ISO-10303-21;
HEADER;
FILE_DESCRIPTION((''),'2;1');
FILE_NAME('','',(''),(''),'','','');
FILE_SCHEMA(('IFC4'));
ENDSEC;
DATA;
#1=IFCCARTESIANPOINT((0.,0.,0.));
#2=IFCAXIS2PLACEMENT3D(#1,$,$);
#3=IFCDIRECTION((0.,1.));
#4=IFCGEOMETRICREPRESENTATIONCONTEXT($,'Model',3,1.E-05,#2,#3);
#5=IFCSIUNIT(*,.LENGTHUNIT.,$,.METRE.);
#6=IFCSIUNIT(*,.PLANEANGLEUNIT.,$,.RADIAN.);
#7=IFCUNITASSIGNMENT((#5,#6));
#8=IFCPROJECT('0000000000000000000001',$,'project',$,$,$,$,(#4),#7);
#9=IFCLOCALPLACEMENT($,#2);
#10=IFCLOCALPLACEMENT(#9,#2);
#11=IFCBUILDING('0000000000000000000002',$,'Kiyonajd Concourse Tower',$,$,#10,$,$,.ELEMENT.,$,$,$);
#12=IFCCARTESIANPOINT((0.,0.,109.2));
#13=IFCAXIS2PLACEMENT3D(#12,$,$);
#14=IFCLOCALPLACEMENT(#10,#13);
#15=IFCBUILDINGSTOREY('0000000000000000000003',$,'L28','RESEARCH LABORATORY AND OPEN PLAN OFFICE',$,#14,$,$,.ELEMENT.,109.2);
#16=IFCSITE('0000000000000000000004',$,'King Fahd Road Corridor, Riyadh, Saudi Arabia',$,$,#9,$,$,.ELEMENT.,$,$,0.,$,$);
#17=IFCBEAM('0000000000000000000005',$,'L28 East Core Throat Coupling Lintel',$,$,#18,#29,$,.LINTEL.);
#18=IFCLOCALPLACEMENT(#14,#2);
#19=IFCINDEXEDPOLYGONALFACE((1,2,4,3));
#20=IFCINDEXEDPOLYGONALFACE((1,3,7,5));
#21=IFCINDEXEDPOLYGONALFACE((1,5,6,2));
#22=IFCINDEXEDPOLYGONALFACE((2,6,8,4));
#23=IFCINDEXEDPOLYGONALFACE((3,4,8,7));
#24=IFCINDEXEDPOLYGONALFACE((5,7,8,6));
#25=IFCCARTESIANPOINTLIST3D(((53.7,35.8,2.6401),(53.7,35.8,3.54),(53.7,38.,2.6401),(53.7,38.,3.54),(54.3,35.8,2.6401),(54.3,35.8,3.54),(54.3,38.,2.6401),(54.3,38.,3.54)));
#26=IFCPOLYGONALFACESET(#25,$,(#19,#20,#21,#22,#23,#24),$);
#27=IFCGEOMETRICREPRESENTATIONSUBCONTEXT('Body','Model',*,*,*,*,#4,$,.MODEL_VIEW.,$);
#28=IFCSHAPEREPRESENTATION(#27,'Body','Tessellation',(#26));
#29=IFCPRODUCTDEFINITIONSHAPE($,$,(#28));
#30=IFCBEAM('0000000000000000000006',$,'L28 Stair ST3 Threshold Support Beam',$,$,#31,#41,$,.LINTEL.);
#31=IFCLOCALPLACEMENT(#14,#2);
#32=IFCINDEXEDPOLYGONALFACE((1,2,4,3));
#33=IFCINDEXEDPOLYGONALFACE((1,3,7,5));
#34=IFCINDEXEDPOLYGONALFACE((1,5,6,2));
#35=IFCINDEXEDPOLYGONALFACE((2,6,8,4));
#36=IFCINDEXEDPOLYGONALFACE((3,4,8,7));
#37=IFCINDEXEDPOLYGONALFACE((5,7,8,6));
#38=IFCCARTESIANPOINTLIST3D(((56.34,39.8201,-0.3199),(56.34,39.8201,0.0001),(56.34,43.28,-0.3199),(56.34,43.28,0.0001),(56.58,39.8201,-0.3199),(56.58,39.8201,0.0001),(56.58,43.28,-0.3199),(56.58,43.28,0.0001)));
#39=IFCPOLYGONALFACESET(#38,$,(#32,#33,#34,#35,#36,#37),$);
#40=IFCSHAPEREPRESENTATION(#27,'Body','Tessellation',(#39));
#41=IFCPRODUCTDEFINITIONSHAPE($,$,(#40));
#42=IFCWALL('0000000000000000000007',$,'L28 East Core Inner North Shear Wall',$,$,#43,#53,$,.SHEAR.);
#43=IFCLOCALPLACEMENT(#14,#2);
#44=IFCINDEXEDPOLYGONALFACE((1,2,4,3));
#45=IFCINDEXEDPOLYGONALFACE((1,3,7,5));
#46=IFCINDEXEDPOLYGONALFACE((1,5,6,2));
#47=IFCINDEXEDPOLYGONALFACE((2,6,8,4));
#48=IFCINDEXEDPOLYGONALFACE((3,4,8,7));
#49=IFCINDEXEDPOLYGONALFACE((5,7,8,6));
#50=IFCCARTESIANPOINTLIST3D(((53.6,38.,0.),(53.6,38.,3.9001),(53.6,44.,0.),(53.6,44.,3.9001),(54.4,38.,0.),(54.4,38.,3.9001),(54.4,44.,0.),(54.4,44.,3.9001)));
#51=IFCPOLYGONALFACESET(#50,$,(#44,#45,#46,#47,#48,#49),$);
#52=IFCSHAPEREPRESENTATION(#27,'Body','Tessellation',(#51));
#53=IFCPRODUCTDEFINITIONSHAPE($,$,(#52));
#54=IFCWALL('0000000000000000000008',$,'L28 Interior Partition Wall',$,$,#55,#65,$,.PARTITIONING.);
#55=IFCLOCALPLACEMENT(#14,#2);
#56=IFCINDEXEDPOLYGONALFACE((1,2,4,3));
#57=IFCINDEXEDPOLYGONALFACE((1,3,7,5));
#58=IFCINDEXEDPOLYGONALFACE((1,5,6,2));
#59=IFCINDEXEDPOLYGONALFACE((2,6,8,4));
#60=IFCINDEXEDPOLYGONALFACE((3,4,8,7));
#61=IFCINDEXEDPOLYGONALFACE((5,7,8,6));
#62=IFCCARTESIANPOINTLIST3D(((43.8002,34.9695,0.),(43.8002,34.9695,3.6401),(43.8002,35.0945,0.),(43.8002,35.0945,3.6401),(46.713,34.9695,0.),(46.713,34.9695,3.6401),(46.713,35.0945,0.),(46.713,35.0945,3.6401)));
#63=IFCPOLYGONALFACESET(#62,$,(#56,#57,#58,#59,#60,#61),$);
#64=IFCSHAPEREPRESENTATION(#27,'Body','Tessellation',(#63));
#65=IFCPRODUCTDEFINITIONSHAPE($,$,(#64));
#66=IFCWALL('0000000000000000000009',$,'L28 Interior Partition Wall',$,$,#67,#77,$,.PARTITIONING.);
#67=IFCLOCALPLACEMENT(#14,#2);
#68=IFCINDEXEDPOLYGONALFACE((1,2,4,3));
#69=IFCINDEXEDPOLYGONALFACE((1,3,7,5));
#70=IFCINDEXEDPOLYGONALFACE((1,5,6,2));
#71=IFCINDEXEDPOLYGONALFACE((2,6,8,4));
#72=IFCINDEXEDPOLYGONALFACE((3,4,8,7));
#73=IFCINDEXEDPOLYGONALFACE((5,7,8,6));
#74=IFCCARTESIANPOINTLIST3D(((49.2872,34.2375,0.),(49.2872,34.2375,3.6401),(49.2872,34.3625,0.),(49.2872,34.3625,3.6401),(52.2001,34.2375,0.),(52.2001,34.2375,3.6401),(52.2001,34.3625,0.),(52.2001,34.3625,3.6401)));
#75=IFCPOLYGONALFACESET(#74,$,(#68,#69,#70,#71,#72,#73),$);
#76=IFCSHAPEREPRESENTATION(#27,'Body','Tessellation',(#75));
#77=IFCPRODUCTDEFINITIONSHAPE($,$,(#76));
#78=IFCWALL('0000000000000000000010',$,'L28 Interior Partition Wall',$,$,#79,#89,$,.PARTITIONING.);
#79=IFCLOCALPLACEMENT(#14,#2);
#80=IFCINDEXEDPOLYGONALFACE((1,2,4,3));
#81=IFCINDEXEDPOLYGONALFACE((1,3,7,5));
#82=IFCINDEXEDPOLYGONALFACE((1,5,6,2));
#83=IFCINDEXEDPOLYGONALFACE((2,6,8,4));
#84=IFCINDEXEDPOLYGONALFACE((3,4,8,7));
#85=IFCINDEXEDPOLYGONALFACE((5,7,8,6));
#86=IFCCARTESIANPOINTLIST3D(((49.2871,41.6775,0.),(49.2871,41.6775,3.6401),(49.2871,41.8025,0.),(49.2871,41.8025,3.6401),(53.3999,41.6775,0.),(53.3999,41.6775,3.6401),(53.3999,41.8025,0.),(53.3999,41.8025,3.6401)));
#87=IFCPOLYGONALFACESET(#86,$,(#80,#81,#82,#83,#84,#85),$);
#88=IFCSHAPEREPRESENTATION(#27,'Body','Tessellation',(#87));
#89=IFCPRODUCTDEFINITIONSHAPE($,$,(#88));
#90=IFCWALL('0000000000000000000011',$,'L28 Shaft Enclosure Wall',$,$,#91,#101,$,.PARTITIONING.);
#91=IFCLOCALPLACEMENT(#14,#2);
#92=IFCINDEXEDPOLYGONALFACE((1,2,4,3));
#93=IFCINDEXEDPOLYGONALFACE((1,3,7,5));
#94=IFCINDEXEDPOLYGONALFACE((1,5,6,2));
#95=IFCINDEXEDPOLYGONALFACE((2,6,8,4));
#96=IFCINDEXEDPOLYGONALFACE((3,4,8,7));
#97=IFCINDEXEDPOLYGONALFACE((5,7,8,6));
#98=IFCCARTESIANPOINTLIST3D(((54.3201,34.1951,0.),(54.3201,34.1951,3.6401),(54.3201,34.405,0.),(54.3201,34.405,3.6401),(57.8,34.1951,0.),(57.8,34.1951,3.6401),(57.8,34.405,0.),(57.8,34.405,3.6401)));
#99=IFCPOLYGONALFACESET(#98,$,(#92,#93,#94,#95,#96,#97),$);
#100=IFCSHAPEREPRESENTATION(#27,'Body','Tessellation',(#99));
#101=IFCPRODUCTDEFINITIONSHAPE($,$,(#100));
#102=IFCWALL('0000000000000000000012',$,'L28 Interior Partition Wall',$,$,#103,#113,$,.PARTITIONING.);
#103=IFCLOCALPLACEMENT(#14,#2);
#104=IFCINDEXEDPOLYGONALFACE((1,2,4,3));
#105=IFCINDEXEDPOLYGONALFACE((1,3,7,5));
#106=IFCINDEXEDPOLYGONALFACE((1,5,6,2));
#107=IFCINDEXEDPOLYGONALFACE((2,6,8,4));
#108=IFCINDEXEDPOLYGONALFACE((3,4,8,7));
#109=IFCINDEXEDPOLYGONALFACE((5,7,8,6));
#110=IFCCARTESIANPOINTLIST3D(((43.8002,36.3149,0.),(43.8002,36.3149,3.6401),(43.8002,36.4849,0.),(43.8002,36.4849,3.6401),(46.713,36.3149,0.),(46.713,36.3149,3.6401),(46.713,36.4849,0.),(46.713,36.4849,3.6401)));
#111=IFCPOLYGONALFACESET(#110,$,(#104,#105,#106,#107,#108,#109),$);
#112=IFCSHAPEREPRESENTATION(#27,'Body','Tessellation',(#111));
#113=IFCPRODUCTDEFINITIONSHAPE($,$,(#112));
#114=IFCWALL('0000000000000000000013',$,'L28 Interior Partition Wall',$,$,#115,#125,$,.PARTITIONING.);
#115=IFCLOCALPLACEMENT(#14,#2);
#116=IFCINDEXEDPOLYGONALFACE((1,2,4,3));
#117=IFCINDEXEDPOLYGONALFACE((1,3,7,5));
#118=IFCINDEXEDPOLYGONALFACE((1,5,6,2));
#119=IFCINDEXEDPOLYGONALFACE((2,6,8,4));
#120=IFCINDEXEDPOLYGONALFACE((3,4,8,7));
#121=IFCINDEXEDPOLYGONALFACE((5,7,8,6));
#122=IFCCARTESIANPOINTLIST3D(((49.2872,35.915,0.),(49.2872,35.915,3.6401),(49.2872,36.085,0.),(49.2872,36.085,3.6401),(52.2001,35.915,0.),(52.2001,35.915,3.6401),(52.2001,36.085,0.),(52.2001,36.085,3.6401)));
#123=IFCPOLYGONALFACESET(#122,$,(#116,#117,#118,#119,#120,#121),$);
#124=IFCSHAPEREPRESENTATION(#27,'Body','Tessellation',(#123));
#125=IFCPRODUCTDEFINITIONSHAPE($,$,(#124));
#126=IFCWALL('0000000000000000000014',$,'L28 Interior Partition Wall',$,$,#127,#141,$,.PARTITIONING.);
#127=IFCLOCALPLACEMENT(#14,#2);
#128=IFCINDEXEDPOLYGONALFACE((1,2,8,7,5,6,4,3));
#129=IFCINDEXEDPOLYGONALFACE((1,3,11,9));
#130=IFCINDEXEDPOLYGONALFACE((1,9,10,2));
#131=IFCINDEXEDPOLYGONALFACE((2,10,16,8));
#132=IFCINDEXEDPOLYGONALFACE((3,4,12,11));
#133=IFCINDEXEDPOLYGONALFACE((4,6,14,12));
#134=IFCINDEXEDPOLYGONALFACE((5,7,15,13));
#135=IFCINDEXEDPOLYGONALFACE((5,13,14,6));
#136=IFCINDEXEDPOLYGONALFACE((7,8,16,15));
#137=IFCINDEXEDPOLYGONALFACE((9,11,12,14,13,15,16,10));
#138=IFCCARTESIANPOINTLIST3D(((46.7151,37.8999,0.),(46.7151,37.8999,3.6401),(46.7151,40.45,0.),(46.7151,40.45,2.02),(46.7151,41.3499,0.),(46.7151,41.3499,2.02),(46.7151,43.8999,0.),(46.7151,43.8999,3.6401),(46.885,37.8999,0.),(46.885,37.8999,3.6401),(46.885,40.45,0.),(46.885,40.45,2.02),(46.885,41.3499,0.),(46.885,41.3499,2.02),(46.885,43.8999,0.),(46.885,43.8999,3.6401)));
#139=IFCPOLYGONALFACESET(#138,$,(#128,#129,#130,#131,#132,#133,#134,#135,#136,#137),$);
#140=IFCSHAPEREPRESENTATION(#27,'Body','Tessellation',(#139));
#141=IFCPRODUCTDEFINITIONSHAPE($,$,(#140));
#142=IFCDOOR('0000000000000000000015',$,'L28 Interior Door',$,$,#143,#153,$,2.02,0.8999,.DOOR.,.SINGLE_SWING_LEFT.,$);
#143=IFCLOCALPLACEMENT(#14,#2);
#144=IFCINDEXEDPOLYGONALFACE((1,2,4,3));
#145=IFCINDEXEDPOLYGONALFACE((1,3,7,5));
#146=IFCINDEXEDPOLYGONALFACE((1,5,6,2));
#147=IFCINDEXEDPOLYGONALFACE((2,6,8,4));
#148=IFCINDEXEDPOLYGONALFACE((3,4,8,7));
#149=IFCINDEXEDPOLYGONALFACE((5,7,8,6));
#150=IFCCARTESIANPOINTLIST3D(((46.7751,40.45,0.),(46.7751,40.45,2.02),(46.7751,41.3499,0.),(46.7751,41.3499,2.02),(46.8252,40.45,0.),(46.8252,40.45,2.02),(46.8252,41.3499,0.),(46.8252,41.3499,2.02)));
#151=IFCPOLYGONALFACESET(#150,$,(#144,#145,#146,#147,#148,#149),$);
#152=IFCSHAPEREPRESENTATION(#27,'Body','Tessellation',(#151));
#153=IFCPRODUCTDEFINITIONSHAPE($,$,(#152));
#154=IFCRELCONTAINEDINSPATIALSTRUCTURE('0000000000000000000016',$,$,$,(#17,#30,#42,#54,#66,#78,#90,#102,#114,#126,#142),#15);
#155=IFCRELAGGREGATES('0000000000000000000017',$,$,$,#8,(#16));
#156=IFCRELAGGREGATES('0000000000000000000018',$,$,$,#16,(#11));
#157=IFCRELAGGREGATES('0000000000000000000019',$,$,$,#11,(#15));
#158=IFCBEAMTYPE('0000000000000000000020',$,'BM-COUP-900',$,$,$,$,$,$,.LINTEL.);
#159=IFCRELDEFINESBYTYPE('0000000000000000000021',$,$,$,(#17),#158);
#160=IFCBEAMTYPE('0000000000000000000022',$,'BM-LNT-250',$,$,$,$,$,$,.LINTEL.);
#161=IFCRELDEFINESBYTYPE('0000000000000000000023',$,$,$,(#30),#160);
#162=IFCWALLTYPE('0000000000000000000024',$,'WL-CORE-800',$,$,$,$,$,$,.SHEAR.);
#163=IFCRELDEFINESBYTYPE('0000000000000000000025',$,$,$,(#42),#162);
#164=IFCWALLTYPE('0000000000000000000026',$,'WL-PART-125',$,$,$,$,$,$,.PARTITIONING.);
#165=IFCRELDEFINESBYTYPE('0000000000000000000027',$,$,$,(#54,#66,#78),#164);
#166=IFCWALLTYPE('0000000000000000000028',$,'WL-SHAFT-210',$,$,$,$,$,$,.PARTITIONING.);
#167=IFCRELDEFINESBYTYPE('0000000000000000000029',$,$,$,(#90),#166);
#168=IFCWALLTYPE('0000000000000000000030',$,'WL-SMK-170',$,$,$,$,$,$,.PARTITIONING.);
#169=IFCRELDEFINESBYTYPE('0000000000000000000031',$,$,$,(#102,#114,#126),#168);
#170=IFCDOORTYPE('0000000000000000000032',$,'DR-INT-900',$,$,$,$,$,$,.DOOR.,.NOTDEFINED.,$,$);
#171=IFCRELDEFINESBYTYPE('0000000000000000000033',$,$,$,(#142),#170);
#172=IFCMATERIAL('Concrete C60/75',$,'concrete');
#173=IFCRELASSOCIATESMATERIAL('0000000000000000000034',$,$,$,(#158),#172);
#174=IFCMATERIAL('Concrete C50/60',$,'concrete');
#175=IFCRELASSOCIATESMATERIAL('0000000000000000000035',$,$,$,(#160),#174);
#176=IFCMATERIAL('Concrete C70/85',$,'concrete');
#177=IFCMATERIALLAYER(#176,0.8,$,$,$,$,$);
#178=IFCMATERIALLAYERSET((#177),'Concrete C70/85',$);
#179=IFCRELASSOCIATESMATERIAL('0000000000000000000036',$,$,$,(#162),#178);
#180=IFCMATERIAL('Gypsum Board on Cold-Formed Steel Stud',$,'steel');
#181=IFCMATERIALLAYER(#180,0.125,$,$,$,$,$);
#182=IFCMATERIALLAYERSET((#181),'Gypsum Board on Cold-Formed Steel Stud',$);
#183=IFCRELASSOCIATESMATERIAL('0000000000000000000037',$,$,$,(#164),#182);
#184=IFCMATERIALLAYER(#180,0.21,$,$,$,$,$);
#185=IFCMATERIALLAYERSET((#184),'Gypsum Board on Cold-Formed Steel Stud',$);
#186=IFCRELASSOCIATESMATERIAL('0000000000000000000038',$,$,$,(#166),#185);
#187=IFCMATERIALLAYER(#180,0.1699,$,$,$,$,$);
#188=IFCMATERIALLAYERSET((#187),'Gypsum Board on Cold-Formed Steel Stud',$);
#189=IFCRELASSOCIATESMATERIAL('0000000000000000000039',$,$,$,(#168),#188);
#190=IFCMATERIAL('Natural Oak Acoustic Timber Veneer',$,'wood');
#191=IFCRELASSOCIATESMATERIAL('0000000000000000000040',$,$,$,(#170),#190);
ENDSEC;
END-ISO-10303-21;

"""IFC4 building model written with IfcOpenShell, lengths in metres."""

from ifc_helpers import new_model, si_unit, direction, frame, frame_2d, origin, origin_2d, place, context, subcontext, project, spatial, rectangle, extrude, material, layer, layer_set, material_profile, profile_set, type_object, element, fill, save


model = new_model("IFC4")

# Units and contexts
model_context = context("Model", 3, precision=1e-05, world=origin(), true_north=direction((0.0, 1.0)))
body_context = subcontext(model_context, "Body", "Model", "MODEL_VIEW")
ifc_project = project(units=[si_unit("LENGTHUNIT", "METRE"), si_unit("PLANEANGLEUNIT", "RADIAN")], contexts=[model_context])

# Site, building, storey
site_placement = place(None, origin())
site = spatial("IfcSite", under=ifc_project, at=site_placement, Name="King Fahd Road Corridor, Riyadh, Saudi Arabia", CompositionType="ELEMENT", RefElevation=0.0)
building_placement = place(site_placement, origin())
building = spatial("IfcBuilding", under=site, at=building_placement, Name="Kiyonajd Concourse Tower", CompositionType="ELEMENT")
storey_placement = place(building_placement, frame((0.0, 0.0, 109.2)))
storey = spatial("IfcBuildingStorey", under=building, at=storey_placement, Name="L28", Description="RESEARCH LABORATORY AND OPEN PLAN OFFICE", CompositionType="ELEMENT", Elevation=109.2)

# Beams
ifc_material_1 = material(Name="Concrete C60/75", Category="concrete")
ifc_material_profile_1 = material_profile(ifc_material_1, rectangle(XDim=0.6001, YDim=0.8999, at=origin_2d()), Name="RCBM-600x900")
ifc_profile_set_1 = profile_set([ifc_material_profile_1], Name="Concrete C60/75")
beam_type_1 = type_object("IfcBeamType", Name="BM-COUP-900", PredefinedType="LINTEL", material=ifc_profile_set_1)
beam_1_placement = place(storey_placement, frame((54.0, 35.8, 3.0901), z_axis=(0.0, 1.0, 0.0), x_axis=(-1.0, 0.0, 0.0)))
element("IfcBeam", 1, at=beam_1_placement, inside=storey, type_object=beam_type_1, Name="L28 East Core Throat Coupling Lintel", PredefinedType="LINTEL", context=body_context, shape_type="SweptSolid", body=[
    extrude(rectangle(XDim=0.6001, YDim=0.8999, at=origin_2d()), origin(), (0.0, 0.0, 1.0), 2.2),
])
ifc_material_2 = material(Name="Concrete C50/60", Category="concrete")
ifc_material_profile_2 = material_profile(ifc_material_2, rectangle(XDim=0.24, YDim=0.3201, at=origin_2d()), Name="RCBM-240x320")
ifc_profile_set_2 = profile_set([ifc_material_profile_2], Name="Concrete C50/60")
beam_type_2 = type_object("IfcBeamType", Name="BM-LNT-250", PredefinedType="LINTEL", material=ifc_profile_set_2)
beam_2_placement = place(storey_placement, frame((56.46, 39.8201, -0.1599), z_axis=(0.0, 1.0, 0.0), x_axis=(-1.0, 0.0, 0.0)))
element("IfcBeam", 2, at=beam_2_placement, inside=storey, type_object=beam_type_2, Name="L28 Stair ST3 Threshold Support Beam", PredefinedType="LINTEL", context=body_context, shape_type="SweptSolid", body=[
    extrude(rectangle(XDim=0.24, YDim=0.3201, at=origin_2d()), origin(), (0.0, 0.0, 1.0), 3.46),
])

# Walls
ifc_material_3 = material(Name="Concrete C70/85", Category="concrete")
ifc_layer_1 = layer(ifc_material_3, 0.8)
ifc_layer_set_1 = layer_set([ifc_layer_1], Name="Concrete C70/85")
wall_type_1 = type_object("IfcWallType", Name="WL-CORE-800", PredefinedType="SHEAR", material=ifc_layer_set_1)
wall_1_placement = place(storey_placement, frame((54.0, 38.0, 0.0), z_axis=(0.0, 0.0, 1.0), x_axis=(0.0, 1.0, 0.0)))
element("IfcWall", 3, at=wall_1_placement, inside=storey, type_object=wall_type_1, Name="L28 East Core Inner North Shear Wall", PredefinedType="SHEAR", context=body_context, shape_type="SweptSolid", body=[
    extrude(rectangle(XDim=6.0, YDim=0.8, at=frame_2d((3.0, 0.0))), origin(), (0.0, 0.0, 1.0), 3.9001),
])
ifc_material_4 = material(Name="Gypsum Board on Cold-Formed Steel Stud", Category="steel")
ifc_layer_2 = layer(ifc_material_4, 0.125)
ifc_layer_set_2 = layer_set([ifc_layer_2], Name="Gypsum Board on Cold-Formed Steel Stud")
wall_type_2 = type_object("IfcWallType", Name="WL-PART-125", PredefinedType="PARTITIONING", material=ifc_layer_set_2)
for number, where, z_axis, x_axis, name in (
    (4, (43.8, 35.032, 0.0), (0.0, 0.0, 1.0), (1.0, 0.0, 0.0), "L28 Interior Partition Wall"),
    (5, (49.2871, 34.3, 0.0), (0.0, 0.0, 1.0), (1.0, 0.0, 0.0), "L28 Interior Partition Wall"),
):
    element("IfcWall", number, at=place(storey_placement, frame(where, z_axis=z_axis, x_axis=x_axis)), inside=storey, type_object=wall_type_2, Name=name, PredefinedType="PARTITIONING", context=body_context, shape_type="SweptSolid", body=[
        extrude(rectangle(XDim=2.9128, YDim=0.125, at=frame_2d((1.4565, 0.0))), origin(), (0.0, 0.0, 1.0), 3.6401),
    ])
wall_2_placement = place(storey_placement, frame((49.2871, 41.74, 0.0), z_axis=(0.0, 0.0, 1.0), x_axis=(1.0, 0.0, 0.0)))
element("IfcWall", 6, at=wall_2_placement, inside=storey, type_object=wall_type_2, Name="L28 Interior Partition Wall", PredefinedType="PARTITIONING", context=body_context, shape_type="SweptSolid", body=[
    extrude(rectangle(XDim=4.1128, YDim=0.125, at=frame_2d((2.0564, 0.0))), origin(), (0.0, 0.0, 1.0), 3.6401),
])
ifc_layer_3 = layer(ifc_material_4, 0.21)
ifc_layer_set_3 = layer_set([ifc_layer_3], Name="Gypsum Board on Cold-Formed Steel Stud")
wall_type_3 = type_object("IfcWallType", Name="WL-SHAFT-210", PredefinedType="PARTITIONING", material=ifc_layer_set_3)
wall_3_placement = place(storey_placement, frame((54.3201, 34.3, 0.0), z_axis=(0.0, 0.0, 1.0), x_axis=(1.0, 0.0, 0.0)))
element("IfcWall", 7, at=wall_3_placement, inside=storey, type_object=wall_type_3, Name="L28 Shaft Enclosure Wall", PredefinedType="PARTITIONING", context=body_context, shape_type="SweptSolid", body=[
    extrude(rectangle(XDim=3.48, YDim=0.21, at=frame_2d((1.74, 0.0))), origin(), (0.0, 0.0, 1.0), 3.6401),
])
ifc_layer_4 = layer(ifc_material_4, 0.1699)
ifc_layer_set_4 = layer_set([ifc_layer_4], Name="Gypsum Board on Cold-Formed Steel Stud")
wall_type_4 = type_object("IfcWallType", Name="WL-SMK-170", PredefinedType="PARTITIONING", material=ifc_layer_set_4)
for number, where, z_axis, x_axis, name in (
    (8, (43.8, 36.3999, 0.0), (0.0, 0.0, 1.0), (1.0, 0.0, 0.0), "L28 Interior Partition Wall"),
    (9, (49.2871, 36.0, 0.0), (0.0, 0.0, 1.0), (1.0, 0.0, 0.0), "L28 Interior Partition Wall"),
):
    element("IfcWall", number, at=place(storey_placement, frame(where, z_axis=z_axis, x_axis=x_axis)), inside=storey, type_object=wall_type_4, Name=name, PredefinedType="PARTITIONING", context=body_context, shape_type="SweptSolid", body=[
        extrude(rectangle(XDim=2.9128, YDim=0.1699, at=frame_2d((1.4565, 0.0))), origin(), (0.0, 0.0, 1.0), 3.6401),
    ])

# Wall, opening, door
wall_4_placement = place(storey_placement, frame((46.8, 37.8999, 0.0), z_axis=(0.0, 0.0, 1.0), x_axis=(0.0, 1.0, 0.0)))
wall_4 = element("IfcWall", 10, at=wall_4_placement, inside=storey, type_object=wall_type_4, Name="L28 Interior Partition Wall", PredefinedType="PARTITIONING", context=body_context, shape_type="SweptSolid", body=[
    extrude(rectangle(XDim=6.0, YDim=0.1699, at=frame_2d((3.0, 0.0))), origin(), (0.0, 0.0, 1.0), 3.6401),
])
opening_1_placement = place(wall_4_placement, frame((2.55, 0.0, 0.0)))
opening_1 = element("IfcOpeningElement", 11, at=opening_1_placement, cuts=wall_4, PredefinedType="OPENING", context=body_context, shape_type="SweptSolid", body=[
    extrude(rectangle(XDim=0.8999, YDim=2.02, at=frame_2d((0.45, 1.01))), frame((0.0, 0.095, 0.0), z_axis=(0.0, -1.0, 0.0), x_axis=(1.0, 0.0, 0.0)), (0.0, 0.0, 1.0), 0.1899),
])
ifc_material_5 = material(Name="Natural Oak Acoustic Timber Veneer", Category="wood")
door_type_1 = type_object("IfcDoorType", Name="DR-INT-900", OperationType="NOTDEFINED", PredefinedType="DOOR", material=ifc_material_5)
door_1_placement = place(opening_1_placement, origin())
door_1 = element("IfcDoor", 12, at=door_1_placement, inside=storey, type_object=door_type_1, Name="L28 Interior Door", OperationType="SINGLE_SWING_LEFT", OverallHeight=2.02, OverallWidth=0.8999, PredefinedType="DOOR", context=body_context, shape_type="SweptSolid", body=[
    extrude(rectangle(XDim=0.8999, YDim=2.02, at=frame_2d((0.45, 1.01))), frame((0.0, 0.0249, 0.0), z_axis=(0.0, -1.0, 0.0), x_axis=(1.0, 0.0, 0.0)), (0.0, 0.0, 1.0), 0.05),
])
fill(opening_1, door_1)

save(model, "model.ifc")
